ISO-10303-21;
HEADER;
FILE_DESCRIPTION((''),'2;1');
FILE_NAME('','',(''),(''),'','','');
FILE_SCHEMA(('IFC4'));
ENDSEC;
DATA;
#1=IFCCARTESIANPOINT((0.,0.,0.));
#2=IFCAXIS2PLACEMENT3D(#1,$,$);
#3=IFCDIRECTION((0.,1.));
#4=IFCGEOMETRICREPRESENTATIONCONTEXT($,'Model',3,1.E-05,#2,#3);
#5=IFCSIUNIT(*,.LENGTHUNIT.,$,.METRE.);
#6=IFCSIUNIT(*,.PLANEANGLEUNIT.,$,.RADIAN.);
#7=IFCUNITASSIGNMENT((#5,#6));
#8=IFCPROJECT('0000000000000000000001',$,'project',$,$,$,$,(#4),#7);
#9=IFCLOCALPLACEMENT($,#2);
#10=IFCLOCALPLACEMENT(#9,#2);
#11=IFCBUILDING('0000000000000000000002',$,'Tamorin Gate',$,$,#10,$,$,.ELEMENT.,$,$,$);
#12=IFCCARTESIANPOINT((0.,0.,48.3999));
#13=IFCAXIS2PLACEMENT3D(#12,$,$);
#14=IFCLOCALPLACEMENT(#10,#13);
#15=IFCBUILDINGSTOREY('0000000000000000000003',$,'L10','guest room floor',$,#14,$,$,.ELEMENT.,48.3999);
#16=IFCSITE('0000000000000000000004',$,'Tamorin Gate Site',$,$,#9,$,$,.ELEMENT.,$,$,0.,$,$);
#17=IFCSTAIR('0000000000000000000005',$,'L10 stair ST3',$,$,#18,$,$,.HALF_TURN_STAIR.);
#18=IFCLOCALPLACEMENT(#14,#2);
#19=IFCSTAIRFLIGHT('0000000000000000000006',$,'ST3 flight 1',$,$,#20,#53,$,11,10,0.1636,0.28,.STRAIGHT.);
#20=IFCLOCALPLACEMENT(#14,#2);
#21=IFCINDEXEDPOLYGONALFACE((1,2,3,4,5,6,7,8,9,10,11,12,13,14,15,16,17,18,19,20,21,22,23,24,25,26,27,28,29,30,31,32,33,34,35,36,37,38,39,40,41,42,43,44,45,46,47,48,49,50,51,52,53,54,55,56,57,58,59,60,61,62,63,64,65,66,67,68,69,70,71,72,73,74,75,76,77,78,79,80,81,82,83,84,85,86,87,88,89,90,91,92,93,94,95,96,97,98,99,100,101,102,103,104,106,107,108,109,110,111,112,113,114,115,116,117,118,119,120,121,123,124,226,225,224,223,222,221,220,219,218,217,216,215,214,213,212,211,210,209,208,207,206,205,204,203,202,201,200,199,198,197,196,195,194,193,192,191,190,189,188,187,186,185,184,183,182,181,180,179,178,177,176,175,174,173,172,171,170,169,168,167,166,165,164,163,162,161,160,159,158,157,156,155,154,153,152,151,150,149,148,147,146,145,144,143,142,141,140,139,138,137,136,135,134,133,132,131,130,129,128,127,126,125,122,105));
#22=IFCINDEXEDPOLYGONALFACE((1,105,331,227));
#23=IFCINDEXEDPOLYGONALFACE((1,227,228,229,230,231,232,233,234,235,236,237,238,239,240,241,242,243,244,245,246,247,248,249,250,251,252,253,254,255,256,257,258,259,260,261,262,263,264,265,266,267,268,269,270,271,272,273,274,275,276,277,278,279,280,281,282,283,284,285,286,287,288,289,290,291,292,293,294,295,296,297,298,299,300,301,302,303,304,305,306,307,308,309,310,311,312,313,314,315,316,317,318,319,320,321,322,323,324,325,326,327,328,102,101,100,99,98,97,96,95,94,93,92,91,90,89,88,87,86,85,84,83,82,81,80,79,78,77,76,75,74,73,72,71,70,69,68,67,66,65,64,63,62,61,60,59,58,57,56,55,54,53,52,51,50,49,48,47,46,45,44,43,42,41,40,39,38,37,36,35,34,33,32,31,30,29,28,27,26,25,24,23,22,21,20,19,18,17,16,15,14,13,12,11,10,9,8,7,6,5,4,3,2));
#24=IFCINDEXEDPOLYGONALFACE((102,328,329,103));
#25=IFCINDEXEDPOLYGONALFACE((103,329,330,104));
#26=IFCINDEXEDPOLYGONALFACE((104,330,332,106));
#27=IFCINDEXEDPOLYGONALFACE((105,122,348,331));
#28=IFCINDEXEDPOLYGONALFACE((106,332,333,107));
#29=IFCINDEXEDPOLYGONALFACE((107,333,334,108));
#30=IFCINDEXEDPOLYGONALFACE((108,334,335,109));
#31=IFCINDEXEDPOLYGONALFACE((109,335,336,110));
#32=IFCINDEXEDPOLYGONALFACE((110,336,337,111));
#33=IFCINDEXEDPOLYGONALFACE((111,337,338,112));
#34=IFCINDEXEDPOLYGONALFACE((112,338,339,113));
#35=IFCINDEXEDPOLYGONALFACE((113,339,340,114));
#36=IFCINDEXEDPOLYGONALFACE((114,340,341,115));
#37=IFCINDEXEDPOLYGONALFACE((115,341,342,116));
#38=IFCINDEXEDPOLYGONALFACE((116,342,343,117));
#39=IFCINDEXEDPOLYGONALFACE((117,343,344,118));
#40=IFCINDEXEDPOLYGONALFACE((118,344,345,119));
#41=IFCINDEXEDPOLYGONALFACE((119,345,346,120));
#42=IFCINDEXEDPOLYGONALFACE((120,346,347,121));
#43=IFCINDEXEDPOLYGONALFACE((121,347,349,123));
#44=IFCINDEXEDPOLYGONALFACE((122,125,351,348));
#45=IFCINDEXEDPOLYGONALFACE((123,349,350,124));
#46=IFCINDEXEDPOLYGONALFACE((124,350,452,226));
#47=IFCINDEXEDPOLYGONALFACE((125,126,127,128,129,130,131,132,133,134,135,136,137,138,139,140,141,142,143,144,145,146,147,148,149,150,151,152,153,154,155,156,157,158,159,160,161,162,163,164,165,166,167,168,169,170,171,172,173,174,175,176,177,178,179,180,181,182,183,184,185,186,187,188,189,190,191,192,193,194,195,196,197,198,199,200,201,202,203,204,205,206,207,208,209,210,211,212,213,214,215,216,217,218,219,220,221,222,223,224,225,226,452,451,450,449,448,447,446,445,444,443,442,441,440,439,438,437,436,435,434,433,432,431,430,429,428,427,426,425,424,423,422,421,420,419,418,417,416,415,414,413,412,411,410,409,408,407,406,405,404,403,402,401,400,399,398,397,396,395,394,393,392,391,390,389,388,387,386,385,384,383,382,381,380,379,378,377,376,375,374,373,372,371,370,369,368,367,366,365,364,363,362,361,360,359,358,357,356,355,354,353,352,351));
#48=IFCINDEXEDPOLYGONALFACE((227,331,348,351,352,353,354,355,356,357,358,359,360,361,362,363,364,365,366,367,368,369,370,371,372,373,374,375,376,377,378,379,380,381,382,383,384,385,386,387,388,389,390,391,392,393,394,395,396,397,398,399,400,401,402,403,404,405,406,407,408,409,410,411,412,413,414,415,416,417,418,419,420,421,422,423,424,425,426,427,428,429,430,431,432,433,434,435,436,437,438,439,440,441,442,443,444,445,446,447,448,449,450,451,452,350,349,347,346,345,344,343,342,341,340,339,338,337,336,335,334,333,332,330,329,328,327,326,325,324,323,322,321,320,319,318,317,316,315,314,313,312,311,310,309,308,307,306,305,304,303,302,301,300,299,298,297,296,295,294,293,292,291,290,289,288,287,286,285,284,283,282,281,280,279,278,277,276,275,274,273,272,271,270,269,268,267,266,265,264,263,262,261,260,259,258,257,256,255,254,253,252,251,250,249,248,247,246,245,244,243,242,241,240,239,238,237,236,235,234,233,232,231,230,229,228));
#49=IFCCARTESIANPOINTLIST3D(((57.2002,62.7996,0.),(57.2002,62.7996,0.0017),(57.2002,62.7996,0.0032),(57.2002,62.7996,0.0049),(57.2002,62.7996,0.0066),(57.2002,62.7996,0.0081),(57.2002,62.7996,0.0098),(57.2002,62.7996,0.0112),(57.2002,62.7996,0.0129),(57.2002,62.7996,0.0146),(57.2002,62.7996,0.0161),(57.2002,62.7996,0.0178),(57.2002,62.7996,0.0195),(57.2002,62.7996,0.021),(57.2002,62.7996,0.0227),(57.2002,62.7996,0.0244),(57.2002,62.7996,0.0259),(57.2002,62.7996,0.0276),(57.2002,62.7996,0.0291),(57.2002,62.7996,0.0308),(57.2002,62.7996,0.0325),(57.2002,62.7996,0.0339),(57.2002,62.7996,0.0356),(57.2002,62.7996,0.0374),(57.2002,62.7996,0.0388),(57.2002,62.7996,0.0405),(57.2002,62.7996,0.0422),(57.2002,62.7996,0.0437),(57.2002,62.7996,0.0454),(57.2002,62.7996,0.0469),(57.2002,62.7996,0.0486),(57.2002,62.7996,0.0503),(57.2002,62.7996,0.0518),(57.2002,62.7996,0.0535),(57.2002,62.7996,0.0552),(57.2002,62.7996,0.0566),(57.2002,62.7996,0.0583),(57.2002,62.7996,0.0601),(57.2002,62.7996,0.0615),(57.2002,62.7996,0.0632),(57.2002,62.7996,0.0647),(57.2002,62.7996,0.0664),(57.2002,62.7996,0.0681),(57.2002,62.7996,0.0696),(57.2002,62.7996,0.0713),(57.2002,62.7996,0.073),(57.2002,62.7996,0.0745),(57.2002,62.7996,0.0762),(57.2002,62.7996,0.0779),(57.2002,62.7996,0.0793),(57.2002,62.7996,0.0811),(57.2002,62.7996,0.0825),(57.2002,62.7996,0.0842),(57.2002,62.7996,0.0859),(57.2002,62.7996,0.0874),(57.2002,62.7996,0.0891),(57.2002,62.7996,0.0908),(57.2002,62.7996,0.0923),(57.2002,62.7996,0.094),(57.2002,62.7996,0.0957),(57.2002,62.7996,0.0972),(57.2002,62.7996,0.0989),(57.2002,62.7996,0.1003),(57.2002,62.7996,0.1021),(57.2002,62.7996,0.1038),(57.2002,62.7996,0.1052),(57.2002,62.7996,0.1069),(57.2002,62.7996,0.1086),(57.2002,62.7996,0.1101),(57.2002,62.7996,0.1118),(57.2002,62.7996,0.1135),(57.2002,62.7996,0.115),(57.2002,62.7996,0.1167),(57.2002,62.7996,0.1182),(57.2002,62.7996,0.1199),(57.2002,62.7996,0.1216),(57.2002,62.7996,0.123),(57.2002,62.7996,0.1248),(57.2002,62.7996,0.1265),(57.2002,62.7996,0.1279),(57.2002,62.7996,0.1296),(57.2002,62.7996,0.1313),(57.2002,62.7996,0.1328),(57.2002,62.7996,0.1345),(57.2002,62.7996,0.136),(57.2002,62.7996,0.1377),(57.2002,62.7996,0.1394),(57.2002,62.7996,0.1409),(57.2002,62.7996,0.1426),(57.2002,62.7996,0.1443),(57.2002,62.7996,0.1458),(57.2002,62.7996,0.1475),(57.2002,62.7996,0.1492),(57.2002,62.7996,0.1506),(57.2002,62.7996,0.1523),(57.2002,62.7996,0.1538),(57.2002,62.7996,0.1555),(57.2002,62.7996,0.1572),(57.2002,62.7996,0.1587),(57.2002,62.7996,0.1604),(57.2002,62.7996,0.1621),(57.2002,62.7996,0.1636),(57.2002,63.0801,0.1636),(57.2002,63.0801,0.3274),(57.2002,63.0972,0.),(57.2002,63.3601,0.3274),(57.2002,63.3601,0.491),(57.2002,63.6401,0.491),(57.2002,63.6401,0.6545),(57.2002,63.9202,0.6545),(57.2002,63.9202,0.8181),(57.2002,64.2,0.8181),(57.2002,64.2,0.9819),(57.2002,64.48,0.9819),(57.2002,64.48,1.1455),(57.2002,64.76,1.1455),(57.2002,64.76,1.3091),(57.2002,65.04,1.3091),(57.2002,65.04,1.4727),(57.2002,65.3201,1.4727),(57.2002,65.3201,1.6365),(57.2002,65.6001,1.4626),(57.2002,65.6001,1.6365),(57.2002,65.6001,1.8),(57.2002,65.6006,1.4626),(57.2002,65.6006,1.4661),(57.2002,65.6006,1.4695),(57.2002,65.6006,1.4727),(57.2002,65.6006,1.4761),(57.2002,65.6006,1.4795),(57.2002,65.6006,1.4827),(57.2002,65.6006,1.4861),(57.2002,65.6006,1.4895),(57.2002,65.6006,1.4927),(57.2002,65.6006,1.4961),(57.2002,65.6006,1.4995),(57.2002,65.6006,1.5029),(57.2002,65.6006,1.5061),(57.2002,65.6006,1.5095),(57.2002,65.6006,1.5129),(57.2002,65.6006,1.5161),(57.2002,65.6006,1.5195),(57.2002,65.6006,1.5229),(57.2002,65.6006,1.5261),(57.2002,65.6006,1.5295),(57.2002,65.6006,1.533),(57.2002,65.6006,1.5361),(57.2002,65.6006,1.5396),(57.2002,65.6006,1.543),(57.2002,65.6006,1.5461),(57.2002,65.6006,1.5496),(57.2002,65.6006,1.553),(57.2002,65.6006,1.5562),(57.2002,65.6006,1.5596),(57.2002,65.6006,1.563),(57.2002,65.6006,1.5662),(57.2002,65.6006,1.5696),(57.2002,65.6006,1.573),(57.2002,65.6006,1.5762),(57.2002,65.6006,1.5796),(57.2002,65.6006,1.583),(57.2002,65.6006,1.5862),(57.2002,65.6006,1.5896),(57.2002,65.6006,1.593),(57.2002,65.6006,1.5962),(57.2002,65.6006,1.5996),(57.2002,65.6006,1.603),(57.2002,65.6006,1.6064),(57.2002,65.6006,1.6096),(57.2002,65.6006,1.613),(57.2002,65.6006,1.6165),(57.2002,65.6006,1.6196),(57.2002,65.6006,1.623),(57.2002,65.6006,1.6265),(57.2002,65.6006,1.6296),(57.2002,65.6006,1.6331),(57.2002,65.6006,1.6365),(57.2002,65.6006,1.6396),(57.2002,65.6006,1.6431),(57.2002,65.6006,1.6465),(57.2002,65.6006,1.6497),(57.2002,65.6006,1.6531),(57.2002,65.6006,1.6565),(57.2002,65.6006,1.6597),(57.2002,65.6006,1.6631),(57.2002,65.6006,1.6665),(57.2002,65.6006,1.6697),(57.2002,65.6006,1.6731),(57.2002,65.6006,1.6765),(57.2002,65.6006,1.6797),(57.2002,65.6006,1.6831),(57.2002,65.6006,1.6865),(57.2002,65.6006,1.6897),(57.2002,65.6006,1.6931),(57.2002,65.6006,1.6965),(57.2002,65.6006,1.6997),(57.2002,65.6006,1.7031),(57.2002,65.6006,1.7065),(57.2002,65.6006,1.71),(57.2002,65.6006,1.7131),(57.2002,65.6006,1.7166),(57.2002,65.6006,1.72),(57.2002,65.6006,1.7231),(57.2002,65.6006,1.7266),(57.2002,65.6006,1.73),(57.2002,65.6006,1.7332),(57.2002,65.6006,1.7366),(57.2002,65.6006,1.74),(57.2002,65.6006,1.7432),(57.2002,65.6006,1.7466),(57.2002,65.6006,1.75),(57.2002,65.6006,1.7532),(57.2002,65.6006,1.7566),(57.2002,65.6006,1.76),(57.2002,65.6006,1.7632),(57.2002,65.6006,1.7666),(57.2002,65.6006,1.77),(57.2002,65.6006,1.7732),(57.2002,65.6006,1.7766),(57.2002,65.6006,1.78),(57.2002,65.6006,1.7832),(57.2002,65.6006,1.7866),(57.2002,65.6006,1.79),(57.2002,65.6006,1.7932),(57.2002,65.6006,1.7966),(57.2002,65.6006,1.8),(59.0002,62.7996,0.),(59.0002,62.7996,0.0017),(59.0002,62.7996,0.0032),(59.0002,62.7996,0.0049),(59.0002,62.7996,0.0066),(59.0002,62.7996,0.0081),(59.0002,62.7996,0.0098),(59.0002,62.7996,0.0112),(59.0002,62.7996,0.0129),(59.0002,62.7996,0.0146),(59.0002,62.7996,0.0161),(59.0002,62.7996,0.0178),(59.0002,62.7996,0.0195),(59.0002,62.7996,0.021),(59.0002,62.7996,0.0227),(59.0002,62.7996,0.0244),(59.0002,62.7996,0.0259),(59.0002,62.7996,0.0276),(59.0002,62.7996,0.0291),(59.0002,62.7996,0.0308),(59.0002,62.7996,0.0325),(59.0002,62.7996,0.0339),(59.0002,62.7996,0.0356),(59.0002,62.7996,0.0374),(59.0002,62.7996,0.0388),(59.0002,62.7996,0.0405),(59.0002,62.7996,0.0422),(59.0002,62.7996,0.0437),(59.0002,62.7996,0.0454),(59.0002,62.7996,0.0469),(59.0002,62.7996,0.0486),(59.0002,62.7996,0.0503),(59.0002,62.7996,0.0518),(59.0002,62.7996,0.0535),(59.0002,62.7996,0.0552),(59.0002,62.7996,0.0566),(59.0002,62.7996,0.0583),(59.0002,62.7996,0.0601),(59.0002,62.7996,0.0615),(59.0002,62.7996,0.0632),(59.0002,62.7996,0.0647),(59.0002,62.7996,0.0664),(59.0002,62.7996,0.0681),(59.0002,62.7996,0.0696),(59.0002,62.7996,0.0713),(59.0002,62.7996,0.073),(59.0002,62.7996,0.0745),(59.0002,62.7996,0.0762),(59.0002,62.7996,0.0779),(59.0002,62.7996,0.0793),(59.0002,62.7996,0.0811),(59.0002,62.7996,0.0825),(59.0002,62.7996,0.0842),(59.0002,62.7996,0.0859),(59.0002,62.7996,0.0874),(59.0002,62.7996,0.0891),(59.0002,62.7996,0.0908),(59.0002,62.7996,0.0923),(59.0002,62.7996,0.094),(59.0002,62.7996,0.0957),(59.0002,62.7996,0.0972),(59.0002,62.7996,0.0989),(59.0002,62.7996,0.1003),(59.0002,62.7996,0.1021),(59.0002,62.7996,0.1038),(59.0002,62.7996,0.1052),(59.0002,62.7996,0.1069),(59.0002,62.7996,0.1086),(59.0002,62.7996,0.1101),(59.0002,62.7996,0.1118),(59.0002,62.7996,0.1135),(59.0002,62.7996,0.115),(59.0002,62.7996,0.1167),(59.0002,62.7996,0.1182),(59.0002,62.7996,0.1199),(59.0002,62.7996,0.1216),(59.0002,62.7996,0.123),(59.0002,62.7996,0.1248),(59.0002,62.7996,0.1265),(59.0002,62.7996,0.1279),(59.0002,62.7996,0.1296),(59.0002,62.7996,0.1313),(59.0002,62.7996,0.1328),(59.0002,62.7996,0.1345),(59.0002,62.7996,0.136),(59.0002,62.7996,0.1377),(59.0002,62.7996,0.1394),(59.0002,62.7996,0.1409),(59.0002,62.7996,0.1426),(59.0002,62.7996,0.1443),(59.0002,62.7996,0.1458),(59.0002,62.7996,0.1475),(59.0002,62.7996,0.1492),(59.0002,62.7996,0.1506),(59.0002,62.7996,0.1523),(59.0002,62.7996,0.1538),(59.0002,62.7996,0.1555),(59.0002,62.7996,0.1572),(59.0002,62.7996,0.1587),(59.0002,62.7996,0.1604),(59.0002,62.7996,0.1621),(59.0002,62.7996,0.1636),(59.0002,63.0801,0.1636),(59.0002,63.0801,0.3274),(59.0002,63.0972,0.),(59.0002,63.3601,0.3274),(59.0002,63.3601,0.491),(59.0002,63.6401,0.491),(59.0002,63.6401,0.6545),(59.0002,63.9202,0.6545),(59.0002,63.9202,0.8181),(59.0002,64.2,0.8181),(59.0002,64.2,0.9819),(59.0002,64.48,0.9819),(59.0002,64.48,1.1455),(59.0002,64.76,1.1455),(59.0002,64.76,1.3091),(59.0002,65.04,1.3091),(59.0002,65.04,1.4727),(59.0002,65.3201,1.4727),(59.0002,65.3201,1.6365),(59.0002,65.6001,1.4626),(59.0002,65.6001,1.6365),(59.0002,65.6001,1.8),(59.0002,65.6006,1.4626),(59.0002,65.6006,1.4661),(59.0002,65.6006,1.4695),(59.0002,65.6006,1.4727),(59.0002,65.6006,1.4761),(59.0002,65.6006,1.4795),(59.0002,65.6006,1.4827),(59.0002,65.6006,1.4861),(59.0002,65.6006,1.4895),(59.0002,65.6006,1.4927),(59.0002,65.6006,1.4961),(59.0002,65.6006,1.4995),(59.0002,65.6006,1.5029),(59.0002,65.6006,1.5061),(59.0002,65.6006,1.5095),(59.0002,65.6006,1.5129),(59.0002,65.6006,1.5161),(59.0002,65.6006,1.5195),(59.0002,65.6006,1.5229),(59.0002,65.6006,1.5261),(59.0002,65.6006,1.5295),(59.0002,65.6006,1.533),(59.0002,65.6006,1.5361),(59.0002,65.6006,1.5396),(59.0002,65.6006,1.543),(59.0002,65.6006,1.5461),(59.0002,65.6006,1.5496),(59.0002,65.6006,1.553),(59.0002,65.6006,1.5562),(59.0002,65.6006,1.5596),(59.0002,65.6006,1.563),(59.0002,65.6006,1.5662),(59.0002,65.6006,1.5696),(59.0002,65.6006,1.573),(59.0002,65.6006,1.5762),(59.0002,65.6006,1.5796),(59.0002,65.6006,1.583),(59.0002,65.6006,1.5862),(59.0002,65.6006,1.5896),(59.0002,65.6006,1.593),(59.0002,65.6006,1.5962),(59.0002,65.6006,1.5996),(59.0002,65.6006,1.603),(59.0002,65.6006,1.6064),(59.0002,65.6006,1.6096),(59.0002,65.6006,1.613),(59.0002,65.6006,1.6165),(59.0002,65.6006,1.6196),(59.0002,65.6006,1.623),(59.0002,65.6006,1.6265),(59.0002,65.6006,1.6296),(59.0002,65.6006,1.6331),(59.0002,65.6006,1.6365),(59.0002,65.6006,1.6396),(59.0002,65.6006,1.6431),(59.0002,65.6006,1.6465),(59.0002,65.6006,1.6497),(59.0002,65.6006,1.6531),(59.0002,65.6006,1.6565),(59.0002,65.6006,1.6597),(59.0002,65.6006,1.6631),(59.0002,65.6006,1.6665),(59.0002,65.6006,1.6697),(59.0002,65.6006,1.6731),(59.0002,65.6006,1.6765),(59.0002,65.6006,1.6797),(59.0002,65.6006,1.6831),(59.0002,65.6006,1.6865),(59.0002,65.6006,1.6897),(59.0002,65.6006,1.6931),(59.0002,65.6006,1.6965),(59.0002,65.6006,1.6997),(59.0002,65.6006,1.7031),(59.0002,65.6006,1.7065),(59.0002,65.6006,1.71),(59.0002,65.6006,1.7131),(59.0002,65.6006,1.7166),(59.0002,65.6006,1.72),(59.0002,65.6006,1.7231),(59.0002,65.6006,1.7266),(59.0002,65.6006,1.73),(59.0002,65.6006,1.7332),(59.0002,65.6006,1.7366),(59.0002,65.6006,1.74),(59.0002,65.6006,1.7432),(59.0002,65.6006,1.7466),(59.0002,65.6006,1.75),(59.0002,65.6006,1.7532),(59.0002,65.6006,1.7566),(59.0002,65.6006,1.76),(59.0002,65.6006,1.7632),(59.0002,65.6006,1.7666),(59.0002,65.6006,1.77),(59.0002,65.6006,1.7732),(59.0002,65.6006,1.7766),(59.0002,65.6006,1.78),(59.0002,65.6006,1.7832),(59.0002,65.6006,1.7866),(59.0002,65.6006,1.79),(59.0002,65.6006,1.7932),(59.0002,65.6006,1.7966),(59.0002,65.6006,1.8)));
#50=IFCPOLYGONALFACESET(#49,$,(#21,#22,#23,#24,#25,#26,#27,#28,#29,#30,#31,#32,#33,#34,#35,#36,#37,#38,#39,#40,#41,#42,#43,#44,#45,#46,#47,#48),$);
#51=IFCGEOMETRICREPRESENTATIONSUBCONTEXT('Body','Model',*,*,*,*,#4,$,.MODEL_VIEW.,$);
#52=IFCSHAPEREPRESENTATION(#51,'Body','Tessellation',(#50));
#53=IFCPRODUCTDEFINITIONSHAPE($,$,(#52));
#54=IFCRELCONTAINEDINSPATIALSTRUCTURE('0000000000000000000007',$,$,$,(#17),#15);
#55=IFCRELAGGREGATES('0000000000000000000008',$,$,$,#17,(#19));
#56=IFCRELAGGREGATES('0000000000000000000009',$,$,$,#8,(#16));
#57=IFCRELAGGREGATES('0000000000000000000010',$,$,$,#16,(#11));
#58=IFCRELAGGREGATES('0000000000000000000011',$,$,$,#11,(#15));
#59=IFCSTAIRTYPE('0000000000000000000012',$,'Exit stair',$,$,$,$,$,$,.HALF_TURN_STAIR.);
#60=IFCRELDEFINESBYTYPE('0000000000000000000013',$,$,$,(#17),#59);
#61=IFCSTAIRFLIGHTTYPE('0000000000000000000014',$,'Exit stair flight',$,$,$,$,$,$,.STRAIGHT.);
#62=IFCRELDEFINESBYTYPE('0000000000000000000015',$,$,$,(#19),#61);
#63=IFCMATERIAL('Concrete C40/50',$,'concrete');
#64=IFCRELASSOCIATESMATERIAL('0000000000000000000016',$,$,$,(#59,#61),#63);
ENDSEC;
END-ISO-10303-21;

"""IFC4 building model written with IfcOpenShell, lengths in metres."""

from ifc_helpers import new_model, si_unit, direction, frame, origin, place, context, subcontext, project, spatial, polyline, outline, extrude, material, type_object, element, aggregate, save


model = new_model("IFC4")

# Units and contexts
model_context = context("Model", 3, precision=1e-05, world=origin(), true_north=direction((0.0, 1.0)))
body_context = subcontext(model_context, "Body", "Model", "MODEL_VIEW")
ifc_project = project(units=[si_unit("LENGTHUNIT", "METRE"), si_unit("PLANEANGLEUNIT", "RADIAN")], contexts=[model_context])

# Site, building, storey
site_placement = place(None, origin())
site = spatial("IfcSite", under=ifc_project, at=site_placement, Name="Tamorin Gate Site", CompositionType="ELEMENT", RefElevation=0.0)
building_placement = place(site_placement, origin())
building = spatial("IfcBuilding", under=site, at=building_placement, Name="Tamorin Gate", CompositionType="ELEMENT")
storey_placement = place(building_placement, frame((0.0, 0.0, 48.3999)))
storey = spatial("IfcBuildingStorey", under=building, at=storey_placement, Name="L10", Description="guest room floor", CompositionType="ELEMENT", Elevation=48.3999)

# Shared definitions
ifc_material_1 = material(Name="Concrete C40/50", Category="concrete")

# Stair, stair flight
stair_type = type_object("IfcStairType", Name="Exit stair", PredefinedType="HALF_TURN_STAIR", material=ifc_material_1)
stair_placement = place(storey_placement, origin())
stair = element("IfcStair", 1, at=stair_placement, inside=storey, type_object=stair_type, Name="L10 stair ST3", PredefinedType="HALF_TURN_STAIR")
stair_flight_type = type_object("IfcStairFlightType", Name="Exit stair flight", PredefinedType="STRAIGHT", material=ifc_material_1)
stair_flight_1_placement = place(storey_placement, frame((58.1001, 62.8, 0.0), z_axis=(0.0, 0.0, 1.0), x_axis=(0.0, 1.0, 0.0)))
stair_flight_1 = element("IfcStairFlight", 2, at=stair_flight_1_placement, type_object=stair_flight_type, Name="ST3 flight 1", NumberOfRisers=11, NumberOfTreads=10, PredefinedType="STRAIGHT", RiserHeight=0.1636, TreadLength=0.28, context=body_context, shape_type="SweptSolid", body=[
    extrude(outline(polyline([(-0.0005, 0.0), (-0.0005, 0.0017), (-0.0005, 0.0032), (-0.0005, 0.0049), (-0.0005, 0.0066), (-0.0005, 0.0081), (-0.0005, 0.0098), (-0.0005, 0.0112), (-0.0005, 0.0129), (-0.0005, 0.0146), (-0.0005, 0.0161), (-0.0005, 0.0178), (-0.0005, 0.0195), (-0.0005, 0.021), (-0.0005, 0.0227), (-0.0005, 0.0244), (-0.0005, 0.0259), (-0.0005, 0.0276), (-0.0005, 0.0291), (-0.0005, 0.0308), (-0.0005, 0.0325), (-0.0005, 0.0339), (-0.0005, 0.0356), (-0.0005, 0.0374), (-0.0005, 0.0388), (-0.0005, 0.0405), (-0.0005, 0.0422), (-0.0005, 0.0437), (-0.0005, 0.0454), (-0.0005, 0.0469), (-0.0005, 0.0486), (-0.0005, 0.0503), (-0.0005, 0.0518), (-0.0005, 0.0535), (-0.0005, 0.0552), (-0.0005, 0.0566), (-0.0005, 0.0583), (-0.0005, 0.0601), (-0.0005, 0.0615), (-0.0005, 0.0632), (-0.0005, 0.0647), (-0.0005, 0.0664), (-0.0005, 0.0681), (-0.0005, 0.0696), (-0.0005, 0.0713), (-0.0005, 0.073), (-0.0005, 0.0745), (-0.0005, 0.0762), (-0.0005, 0.0779), (-0.0005, 0.0793), (-0.0005, 0.0811), (-0.0005, 0.0825), (-0.0005, 0.0842), (-0.0005, 0.0859), (-0.0005, 0.0874), (-0.0005, 0.0891), (-0.0005, 0.0908), (-0.0005, 0.0923), (-0.0005, 0.094), (-0.0005, 0.0957), (-0.0005, 0.0972), (-0.0005, 0.0989), (-0.0005, 0.1003), (-0.0005, 0.1021), (-0.0005, 0.1038), (-0.0005, 0.1052), (-0.0005, 0.1069), (-0.0005, 0.1086), (-0.0005, 0.1101), (-0.0005, 0.1118), (-0.0005, 0.1135), (-0.0005, 0.115), (-0.0005, 0.1167), (-0.0005, 0.1182), (-0.0005, 0.1199), (-0.0005, 0.1216), (-0.0005, 0.123), (-0.0005, 0.1248), (-0.0005, 0.1265), (-0.0005, 0.1279), (-0.0005, 0.1296), (-0.0005, 0.1313), (-0.0005, 0.1328), (-0.0005, 0.1345), (-0.0005, 0.136), (-0.0005, 0.1377), (-0.0005, 0.1394), (-0.0005, 0.1409), (-0.0005, 0.1426), (-0.0005, 0.1443), (-0.0005, 0.1458), (-0.0005, 0.1475), (-0.0005, 0.1492), (-0.0005, 0.1506), (-0.0005, 0.1523), (-0.0005, 0.1538), (-0.0005, 0.1555), (-0.0005, 0.1572), (-0.0005, 0.1587), (-0.0005, 0.1604), (-0.0005, 0.1621), (-0.0005, 0.1636), (0.28, 0.1636), (0.28, 0.3274), (0.5601, 0.3274), (0.5601, 0.491), (0.8401, 0.491), (0.8401, 0.6545), (1.1201, 0.6545), (1.1201, 0.8181), (1.3999, 0.8181), (1.3999, 0.9819), (1.6799, 0.9819), (1.6799, 1.1455), (1.96, 1.1455), (1.96, 1.3091), (2.24, 1.3091), (2.24, 1.4727), (2.52, 1.4727), (2.52, 1.6365), (2.8, 1.6365), (2.8, 1.8), (2.8005, 1.8), (2.8005, 1.7966), (2.8005, 1.7932), (2.8005, 1.79), (2.8005, 1.7866), (2.8005, 1.7832), (2.8005, 1.78), (2.8005, 1.7766), (2.8005, 1.7732), (2.8005, 1.77), (2.8005, 1.7666), (2.8005, 1.7632), (2.8005, 1.76), (2.8005, 1.7566), (2.8005, 1.7532), (2.8005, 1.75), (2.8005, 1.7466), (2.8005, 1.7432), (2.8005, 1.74), (2.8005, 1.7366), (2.8005, 1.7332), (2.8005, 1.73), (2.8005, 1.7266), (2.8005, 1.7231), (2.8005, 1.72), (2.8005, 1.7166), (2.8005, 1.7131), (2.8005, 1.71), (2.8005, 1.7065), (2.8005, 1.7031), (2.8005, 1.6997), (2.8005, 1.6965), (2.8005, 1.6931), (2.8005, 1.6897), (2.8005, 1.6865), (2.8005, 1.6831), (2.8005, 1.6797), (2.8005, 1.6765), (2.8005, 1.6731), (2.8005, 1.6697), (2.8005, 1.6665), (2.8005, 1.6631), (2.8005, 1.6597), (2.8005, 1.6565), (2.8005, 1.6531), (2.8005, 1.6497), (2.8005, 1.6465), (2.8005, 1.6431), (2.8005, 1.6396), (2.8005, 1.6365), (2.8005, 1.6331), (2.8005, 1.6296), (2.8005, 1.6265), (2.8005, 1.623), (2.8005, 1.6196), (2.8005, 1.6165), (2.8005, 1.613), (2.8005, 1.6096), (2.8005, 1.6064), (2.8005, 1.603), (2.8005, 1.5996), (2.8005, 1.5962), (2.8005, 1.593), (2.8005, 1.5896), (2.8005, 1.5862), (2.8005, 1.583), (2.8005, 1.5796), (2.8005, 1.5762), (2.8005, 1.573), (2.8005, 1.5696), (2.8005, 1.5662), (2.8005, 1.563), (2.8005, 1.5596), (2.8005, 1.5562), (2.8005, 1.553), (2.8005, 1.5496), (2.8005, 1.5461), (2.8005, 1.543), (2.8005, 1.5396), (2.8005, 1.5361), (2.8005, 1.533), (2.8005, 1.5295), (2.8005, 1.5261), (2.8005, 1.5229), (2.8005, 1.5195), (2.8005, 1.5161), (2.8005, 1.5129), (2.8005, 1.5095), (2.8005, 1.5061), (2.8005, 1.5029), (2.8005, 1.4995), (2.8005, 1.4961), (2.8005, 1.4927), (2.8005, 1.4895), (2.8005, 1.4861), (2.8005, 1.4827), (2.8005, 1.4795), (2.8005, 1.4761), (2.8005, 1.4727), (2.8005, 1.4695), (2.8005, 1.4661), (2.8005, 1.4626), (2.8, 1.4626), (0.2971, 0.0), (-0.0005, 0.0)])), frame((0.0, 0.8999, 0.0), z_axis=(0.0, -1.0, 0.0), x_axis=(1.0, 0.0, 0.0)), (0.0, 0.0, 1.0), 1.8),
])
aggregate(stair, [stair_flight_1])

save(model, "model.ifc")
